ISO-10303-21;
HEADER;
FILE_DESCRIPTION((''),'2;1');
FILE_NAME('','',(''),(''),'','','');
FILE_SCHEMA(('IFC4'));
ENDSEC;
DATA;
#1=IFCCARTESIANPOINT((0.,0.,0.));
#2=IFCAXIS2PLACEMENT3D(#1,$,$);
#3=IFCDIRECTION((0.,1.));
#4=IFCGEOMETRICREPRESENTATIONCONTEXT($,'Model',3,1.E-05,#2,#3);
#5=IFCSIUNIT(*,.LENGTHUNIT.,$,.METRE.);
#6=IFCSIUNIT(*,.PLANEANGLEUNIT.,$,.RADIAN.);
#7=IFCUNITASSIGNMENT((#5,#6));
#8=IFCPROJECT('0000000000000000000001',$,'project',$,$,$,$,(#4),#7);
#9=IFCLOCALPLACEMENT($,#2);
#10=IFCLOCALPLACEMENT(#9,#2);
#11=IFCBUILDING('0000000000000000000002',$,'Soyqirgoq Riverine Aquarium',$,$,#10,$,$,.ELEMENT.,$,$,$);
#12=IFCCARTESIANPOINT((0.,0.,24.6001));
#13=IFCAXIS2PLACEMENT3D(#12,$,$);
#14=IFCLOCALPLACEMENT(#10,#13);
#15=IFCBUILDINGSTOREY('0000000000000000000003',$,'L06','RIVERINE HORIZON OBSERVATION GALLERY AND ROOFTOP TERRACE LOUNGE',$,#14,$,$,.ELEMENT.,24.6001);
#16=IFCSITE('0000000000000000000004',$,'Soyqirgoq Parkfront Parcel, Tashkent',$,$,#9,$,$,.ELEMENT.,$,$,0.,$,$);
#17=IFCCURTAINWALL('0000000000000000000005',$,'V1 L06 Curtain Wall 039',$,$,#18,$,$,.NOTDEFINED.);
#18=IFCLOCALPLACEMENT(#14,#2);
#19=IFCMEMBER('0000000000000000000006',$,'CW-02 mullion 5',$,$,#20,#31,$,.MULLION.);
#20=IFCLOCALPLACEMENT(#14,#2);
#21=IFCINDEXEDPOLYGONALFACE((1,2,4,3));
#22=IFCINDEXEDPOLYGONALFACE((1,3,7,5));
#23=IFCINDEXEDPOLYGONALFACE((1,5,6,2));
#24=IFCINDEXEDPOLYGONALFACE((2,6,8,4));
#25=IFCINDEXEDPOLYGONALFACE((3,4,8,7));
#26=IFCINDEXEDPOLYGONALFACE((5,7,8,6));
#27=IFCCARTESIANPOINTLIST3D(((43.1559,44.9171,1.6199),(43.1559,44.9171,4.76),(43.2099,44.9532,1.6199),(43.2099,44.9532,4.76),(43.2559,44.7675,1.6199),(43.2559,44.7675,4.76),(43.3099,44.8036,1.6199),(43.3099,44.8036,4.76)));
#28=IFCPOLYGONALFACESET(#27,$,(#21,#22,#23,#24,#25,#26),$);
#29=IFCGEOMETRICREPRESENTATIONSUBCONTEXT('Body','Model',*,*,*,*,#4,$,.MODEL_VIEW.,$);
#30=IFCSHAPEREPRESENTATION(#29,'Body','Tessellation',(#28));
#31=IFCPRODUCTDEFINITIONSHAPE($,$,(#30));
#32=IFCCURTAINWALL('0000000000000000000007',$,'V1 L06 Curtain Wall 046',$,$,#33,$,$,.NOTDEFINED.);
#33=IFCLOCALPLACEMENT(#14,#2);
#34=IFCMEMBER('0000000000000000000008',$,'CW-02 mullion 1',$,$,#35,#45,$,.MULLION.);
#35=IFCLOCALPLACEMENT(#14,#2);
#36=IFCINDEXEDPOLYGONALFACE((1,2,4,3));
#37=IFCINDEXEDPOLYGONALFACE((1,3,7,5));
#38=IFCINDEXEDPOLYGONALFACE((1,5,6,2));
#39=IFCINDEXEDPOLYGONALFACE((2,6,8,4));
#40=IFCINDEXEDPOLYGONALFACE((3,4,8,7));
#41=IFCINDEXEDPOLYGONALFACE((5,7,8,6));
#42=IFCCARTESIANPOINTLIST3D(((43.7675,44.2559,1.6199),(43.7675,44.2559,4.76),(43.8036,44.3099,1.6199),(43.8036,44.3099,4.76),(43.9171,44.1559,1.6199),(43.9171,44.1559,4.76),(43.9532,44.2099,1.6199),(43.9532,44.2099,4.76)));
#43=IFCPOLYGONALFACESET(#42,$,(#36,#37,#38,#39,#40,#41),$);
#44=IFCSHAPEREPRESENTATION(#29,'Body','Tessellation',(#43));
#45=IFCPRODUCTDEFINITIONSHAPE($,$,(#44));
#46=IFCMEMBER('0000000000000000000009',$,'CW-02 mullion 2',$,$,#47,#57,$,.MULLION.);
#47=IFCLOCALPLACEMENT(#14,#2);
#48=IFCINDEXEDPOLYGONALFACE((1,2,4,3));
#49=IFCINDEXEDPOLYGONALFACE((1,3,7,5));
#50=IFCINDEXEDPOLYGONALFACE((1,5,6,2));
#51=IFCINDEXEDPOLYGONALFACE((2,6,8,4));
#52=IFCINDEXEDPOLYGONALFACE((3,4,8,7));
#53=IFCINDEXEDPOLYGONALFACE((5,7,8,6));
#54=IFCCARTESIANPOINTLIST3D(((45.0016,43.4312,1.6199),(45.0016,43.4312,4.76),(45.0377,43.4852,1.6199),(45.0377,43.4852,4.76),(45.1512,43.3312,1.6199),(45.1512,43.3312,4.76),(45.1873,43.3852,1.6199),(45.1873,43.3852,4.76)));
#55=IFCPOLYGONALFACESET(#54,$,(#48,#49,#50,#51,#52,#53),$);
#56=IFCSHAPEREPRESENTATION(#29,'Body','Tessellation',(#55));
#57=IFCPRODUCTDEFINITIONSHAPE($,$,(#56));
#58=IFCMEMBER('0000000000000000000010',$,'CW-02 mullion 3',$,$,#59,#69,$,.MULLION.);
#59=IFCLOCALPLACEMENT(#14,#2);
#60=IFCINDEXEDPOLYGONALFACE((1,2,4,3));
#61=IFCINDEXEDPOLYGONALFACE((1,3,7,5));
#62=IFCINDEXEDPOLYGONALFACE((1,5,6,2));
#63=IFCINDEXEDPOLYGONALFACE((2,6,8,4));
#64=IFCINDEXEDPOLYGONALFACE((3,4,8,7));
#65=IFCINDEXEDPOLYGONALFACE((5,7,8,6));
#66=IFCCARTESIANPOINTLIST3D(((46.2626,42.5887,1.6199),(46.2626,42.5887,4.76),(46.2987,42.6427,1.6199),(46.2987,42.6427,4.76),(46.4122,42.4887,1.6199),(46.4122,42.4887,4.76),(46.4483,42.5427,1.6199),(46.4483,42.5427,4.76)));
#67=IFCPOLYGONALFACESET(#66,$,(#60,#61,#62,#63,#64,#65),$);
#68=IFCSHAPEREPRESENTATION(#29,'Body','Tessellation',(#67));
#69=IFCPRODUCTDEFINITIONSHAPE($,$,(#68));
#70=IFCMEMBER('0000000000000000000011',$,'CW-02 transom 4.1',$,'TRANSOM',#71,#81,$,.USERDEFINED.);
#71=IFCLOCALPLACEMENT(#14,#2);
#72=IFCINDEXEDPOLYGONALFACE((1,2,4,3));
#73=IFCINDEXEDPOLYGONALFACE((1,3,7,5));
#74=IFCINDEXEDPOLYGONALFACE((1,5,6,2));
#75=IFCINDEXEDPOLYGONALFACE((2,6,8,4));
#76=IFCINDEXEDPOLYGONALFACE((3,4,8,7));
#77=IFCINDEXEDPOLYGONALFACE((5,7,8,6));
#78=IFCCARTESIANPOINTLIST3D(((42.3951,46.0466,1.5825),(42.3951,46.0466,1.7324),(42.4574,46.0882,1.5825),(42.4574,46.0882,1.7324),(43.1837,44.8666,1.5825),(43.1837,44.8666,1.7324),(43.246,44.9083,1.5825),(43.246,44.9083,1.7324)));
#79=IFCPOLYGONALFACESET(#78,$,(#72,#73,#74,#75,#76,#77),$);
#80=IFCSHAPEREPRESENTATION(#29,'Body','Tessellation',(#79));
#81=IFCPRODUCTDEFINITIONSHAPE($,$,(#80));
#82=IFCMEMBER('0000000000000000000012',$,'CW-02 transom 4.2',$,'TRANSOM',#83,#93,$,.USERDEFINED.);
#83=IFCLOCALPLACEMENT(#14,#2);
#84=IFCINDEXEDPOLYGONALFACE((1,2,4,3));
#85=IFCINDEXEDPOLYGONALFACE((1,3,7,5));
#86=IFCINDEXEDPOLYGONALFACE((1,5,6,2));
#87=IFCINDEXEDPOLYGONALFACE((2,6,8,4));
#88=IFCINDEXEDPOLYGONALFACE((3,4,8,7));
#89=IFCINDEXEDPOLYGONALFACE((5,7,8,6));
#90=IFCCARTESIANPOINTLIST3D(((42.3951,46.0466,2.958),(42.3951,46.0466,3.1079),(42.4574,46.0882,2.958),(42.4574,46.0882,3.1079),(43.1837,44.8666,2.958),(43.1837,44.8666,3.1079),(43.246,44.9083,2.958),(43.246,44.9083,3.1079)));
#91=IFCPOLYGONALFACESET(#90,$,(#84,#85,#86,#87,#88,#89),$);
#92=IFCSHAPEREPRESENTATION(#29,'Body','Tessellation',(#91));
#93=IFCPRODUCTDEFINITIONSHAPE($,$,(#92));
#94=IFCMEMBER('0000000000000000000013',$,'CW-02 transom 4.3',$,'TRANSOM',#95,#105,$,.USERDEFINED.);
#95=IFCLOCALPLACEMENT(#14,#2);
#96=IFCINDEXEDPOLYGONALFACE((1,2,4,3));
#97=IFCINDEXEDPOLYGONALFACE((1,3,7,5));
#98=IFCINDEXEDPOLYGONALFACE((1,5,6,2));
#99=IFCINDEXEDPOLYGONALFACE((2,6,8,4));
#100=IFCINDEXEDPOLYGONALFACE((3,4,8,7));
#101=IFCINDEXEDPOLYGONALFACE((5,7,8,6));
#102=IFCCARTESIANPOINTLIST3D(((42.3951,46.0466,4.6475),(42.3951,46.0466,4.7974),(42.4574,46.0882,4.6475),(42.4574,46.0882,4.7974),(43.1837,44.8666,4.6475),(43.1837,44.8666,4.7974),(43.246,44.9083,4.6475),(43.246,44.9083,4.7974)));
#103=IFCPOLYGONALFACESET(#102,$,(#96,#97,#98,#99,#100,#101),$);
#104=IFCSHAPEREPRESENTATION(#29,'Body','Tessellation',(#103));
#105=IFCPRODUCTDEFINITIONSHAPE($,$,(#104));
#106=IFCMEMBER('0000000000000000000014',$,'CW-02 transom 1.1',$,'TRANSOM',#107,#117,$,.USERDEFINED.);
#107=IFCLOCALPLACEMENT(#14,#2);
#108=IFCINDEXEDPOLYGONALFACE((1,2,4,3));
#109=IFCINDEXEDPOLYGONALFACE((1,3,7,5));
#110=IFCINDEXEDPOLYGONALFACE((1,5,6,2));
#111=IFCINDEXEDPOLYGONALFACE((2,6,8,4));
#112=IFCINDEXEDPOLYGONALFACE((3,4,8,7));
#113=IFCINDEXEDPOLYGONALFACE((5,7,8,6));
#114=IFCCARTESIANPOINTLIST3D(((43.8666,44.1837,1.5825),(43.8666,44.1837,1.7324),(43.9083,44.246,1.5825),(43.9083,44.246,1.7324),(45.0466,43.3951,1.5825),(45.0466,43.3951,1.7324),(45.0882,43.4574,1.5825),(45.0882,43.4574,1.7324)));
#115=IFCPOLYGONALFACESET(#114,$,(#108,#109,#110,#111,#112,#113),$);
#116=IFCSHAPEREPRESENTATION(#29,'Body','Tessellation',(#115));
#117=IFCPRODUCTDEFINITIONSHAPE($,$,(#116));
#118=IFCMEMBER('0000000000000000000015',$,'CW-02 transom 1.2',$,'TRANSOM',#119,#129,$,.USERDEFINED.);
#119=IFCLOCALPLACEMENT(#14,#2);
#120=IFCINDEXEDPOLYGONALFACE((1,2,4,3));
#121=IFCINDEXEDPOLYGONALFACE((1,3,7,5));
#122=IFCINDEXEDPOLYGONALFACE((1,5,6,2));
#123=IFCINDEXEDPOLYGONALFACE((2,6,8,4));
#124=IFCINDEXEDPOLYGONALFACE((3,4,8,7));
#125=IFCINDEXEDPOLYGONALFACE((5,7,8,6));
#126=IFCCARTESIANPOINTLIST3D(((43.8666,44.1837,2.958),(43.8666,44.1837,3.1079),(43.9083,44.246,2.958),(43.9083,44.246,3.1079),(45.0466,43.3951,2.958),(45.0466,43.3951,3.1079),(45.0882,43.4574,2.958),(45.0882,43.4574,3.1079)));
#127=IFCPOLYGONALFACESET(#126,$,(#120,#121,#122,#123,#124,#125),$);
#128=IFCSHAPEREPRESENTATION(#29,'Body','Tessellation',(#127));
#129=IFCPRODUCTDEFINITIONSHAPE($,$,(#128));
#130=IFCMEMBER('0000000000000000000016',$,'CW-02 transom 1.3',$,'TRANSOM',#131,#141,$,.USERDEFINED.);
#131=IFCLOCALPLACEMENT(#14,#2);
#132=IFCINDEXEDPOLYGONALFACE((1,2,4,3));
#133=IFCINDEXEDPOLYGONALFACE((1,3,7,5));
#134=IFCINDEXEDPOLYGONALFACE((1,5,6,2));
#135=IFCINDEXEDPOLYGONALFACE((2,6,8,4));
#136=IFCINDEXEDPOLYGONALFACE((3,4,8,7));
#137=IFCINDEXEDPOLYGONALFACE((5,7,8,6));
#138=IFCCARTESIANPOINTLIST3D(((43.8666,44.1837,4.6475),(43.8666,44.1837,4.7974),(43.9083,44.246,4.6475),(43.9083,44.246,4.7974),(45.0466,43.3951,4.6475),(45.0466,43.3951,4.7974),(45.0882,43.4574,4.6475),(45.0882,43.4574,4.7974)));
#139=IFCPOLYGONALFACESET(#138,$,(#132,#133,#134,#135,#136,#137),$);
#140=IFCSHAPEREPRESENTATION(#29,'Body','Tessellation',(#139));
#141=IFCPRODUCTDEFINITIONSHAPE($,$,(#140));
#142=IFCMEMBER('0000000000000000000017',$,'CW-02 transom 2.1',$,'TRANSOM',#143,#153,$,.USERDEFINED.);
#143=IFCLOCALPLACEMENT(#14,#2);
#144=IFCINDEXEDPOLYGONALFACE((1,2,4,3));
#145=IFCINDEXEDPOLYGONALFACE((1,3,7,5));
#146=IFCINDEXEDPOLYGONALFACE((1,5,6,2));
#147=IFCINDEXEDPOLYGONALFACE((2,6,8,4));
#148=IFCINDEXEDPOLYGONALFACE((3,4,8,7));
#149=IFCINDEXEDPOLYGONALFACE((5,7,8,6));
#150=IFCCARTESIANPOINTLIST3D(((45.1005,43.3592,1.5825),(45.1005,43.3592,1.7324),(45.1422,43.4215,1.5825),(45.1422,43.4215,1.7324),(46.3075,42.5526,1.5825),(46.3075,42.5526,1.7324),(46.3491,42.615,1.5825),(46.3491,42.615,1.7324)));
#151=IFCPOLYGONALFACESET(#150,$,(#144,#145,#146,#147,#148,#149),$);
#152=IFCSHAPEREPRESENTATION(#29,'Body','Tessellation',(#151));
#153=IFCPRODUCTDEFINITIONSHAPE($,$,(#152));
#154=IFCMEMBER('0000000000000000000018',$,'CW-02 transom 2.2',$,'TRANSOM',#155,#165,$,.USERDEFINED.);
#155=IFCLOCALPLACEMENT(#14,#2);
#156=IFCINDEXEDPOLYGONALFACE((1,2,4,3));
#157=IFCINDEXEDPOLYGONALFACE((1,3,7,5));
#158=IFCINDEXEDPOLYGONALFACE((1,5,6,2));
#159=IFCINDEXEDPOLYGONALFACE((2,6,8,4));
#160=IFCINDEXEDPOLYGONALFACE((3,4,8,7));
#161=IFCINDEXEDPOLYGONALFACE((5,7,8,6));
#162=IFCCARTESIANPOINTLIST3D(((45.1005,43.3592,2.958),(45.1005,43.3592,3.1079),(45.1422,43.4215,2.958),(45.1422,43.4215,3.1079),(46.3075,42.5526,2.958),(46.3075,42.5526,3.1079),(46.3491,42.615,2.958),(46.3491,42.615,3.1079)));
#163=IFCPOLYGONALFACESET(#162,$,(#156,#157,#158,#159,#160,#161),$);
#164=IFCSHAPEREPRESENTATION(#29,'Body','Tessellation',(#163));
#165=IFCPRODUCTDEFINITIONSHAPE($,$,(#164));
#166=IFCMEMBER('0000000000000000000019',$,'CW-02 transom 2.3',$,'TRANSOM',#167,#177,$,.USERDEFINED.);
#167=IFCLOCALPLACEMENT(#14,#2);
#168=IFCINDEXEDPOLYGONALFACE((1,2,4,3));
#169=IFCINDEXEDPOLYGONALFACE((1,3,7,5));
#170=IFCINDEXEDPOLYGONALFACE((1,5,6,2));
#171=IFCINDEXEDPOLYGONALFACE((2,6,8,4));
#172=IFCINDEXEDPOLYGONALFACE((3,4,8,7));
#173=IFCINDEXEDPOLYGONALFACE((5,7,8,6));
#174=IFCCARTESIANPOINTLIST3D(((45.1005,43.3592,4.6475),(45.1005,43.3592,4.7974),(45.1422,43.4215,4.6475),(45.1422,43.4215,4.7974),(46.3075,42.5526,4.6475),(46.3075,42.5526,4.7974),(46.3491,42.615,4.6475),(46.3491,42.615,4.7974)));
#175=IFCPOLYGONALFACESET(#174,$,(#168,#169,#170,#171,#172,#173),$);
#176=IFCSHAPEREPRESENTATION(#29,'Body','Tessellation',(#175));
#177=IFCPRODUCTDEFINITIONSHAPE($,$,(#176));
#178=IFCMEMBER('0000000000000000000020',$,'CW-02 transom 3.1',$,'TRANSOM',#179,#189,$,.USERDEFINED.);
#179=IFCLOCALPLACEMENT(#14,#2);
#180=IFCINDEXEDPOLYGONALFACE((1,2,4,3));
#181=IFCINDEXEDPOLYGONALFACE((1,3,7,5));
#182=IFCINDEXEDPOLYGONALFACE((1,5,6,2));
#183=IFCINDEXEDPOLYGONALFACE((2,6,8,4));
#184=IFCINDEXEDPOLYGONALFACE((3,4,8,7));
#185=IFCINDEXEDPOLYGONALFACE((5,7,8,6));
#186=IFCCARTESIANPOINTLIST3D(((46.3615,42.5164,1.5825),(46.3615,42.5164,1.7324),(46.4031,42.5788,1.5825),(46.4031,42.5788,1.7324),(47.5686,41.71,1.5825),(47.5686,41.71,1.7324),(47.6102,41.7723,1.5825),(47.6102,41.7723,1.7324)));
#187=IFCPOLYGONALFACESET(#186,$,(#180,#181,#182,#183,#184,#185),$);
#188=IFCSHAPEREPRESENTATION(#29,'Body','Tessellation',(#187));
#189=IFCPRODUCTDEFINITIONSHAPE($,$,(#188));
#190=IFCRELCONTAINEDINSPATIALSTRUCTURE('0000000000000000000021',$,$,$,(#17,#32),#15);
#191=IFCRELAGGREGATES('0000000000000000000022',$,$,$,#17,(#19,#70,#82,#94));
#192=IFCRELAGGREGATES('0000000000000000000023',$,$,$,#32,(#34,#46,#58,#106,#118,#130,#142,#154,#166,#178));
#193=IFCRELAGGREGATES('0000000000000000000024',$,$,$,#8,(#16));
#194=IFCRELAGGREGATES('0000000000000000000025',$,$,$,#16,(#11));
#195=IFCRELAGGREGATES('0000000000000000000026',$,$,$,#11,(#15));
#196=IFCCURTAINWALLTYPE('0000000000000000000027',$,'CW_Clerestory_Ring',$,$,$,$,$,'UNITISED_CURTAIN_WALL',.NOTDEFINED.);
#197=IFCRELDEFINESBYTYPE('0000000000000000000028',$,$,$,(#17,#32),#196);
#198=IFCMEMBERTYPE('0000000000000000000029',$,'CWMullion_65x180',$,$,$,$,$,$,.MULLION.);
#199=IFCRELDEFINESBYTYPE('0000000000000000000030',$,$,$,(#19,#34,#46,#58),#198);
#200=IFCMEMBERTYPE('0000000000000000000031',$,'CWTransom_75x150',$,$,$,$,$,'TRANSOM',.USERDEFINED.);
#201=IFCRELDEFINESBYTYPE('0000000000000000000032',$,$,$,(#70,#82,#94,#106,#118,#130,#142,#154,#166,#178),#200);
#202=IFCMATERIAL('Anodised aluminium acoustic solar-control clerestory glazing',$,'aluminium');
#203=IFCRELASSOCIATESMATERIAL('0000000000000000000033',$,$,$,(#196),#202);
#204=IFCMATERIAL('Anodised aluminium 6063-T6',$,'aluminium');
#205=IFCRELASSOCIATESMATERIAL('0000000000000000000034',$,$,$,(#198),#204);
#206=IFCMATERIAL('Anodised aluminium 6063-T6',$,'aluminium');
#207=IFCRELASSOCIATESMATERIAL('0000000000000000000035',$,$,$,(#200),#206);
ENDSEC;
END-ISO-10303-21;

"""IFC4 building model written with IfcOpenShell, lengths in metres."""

from ifc_helpers import new_model, si_unit, direction, frame, origin, origin_2d, place, context, subcontext, project, spatial, rectangle, extrude, material, material_profile, profile_set, type_object, element, aggregate, save


model = new_model("IFC4")

# Units and contexts
model_context = context("Model", 3, precision=1e-05, world=origin(), true_north=direction((0.0, 1.0)))
body_context = subcontext(model_context, "Body", "Model", "MODEL_VIEW")
ifc_project = project(units=[si_unit("LENGTHUNIT", "METRE"), si_unit("PLANEANGLEUNIT", "RADIAN")], contexts=[model_context])

# Site, building, storey
site_placement = place(None, origin())
site = spatial("IfcSite", under=ifc_project, at=site_placement, Name="Soyqirgoq Parkfront Parcel, Tashkent", CompositionType="ELEMENT", RefElevation=0.0)
building_placement = place(site_placement, origin())
building = spatial("IfcBuilding", under=site, at=building_placement, Name="Soyqirgoq Riverine Aquarium", CompositionType="ELEMENT")
storey_placement = place(building_placement, frame((0.0, 0.0, 24.6001)))
storey = spatial("IfcBuildingStorey", under=building, at=storey_placement, Name="L06", Description="RIVERINE HORIZON OBSERVATION GALLERY AND ROOFTOP TERRACE LOUNGE", CompositionType="ELEMENT", Elevation=24.6001)

# Curtain wall, member
ifc_material_1 = material(Name="Anodised aluminium acoustic solar-control clerestory glazing", Category="aluminium")
curtain_wall_type = type_object("IfcCurtainWallType", Name="CW_Clerestory_Ring", ElementType="UNITISED_CURTAIN_WALL", PredefinedType="NOTDEFINED", material=ifc_material_1)
curtain_wall_1_placement = place(storey_placement, origin())
curtain_wall_1 = element("IfcCurtainWall", 1, at=curtain_wall_1_placement, inside=storey, type_object=curtain_wall_type, Name="V1 L06 Curtain Wall 039", PredefinedType="NOTDEFINED")
ifc_material_2 = material(Name="Anodised aluminium 6063-T6", Category="aluminium")
ifc_material_profile_1 = material_profile(ifc_material_2, rectangle(XDim=0.0649, YDim=0.1799, at=origin_2d()), Name="ALU-M 65x180")
ifc_profile_set_1 = profile_set([ifc_material_profile_1], Name="Anodised aluminium 6063-T6")
member_type_1 = type_object("IfcMemberType", Name="CWMullion_65x180", PredefinedType="MULLION", material=ifc_profile_set_1)
member_1_placement = place(storey_placement, frame((43.2329, 44.8604, 1.6199), z_axis=(0.0, 0.0, 1.0), x_axis=(0.831464, 0.555579, 0.0)))
member_1 = element("IfcMember", 2, at=member_1_placement, type_object=member_type_1, Name="CW-02 mullion 5", PredefinedType="MULLION", context=body_context, shape_type="SweptSolid", body=[
    extrude(rectangle(XDim=0.0649, YDim=0.1799, at=origin_2d()), origin(), (0.0, 0.0, 1.0), 3.1401),
])

# Curtain wall, members
curtain_wall_2_placement = place(storey_placement, origin())
curtain_wall_2 = element("IfcCurtainWall", 3, at=curtain_wall_2_placement, inside=storey, type_object=curtain_wall_type, Name="V1 L06 Curtain Wall 046", PredefinedType="NOTDEFINED")
member_2_placement = place(storey_placement, frame((43.8604, 44.2329, 1.6199), z_axis=(0.0, 0.0, 1.0), x_axis=(0.555579, 0.831464, 0.0)))
member_2 = element("IfcMember", 4, at=member_2_placement, type_object=member_type_1, Name="CW-02 mullion 1", PredefinedType="MULLION", context=body_context, shape_type="SweptSolid", body=[
    extrude(rectangle(XDim=0.0649, YDim=0.1799, at=origin_2d()), origin(), (0.0, 0.0, 1.0), 3.1401),
])
member_3_placement = place(storey_placement, frame((45.0945, 43.4082, 1.6199), z_axis=(0.0, 0.0, 1.0), x_axis=(0.555579, 0.831464, 0.0)))
member_3 = element("IfcMember", 5, at=member_3_placement, type_object=member_type_1, Name="CW-02 mullion 2", PredefinedType="MULLION", context=body_context, shape_type="SweptSolid", body=[
    extrude(rectangle(XDim=0.0649, YDim=0.1799, at=origin_2d()), origin(), (0.0, 0.0, 1.0), 3.1401),
])
member_4_placement = place(storey_placement, frame((46.3555, 42.5657, 1.6199), z_axis=(0.0, 0.0, 1.0), x_axis=(0.555579, 0.831464, 0.0)))
member_4 = element("IfcMember", 6, at=member_4_placement, type_object=member_type_1, Name="CW-02 mullion 3", PredefinedType="MULLION", context=body_context, shape_type="SweptSolid", body=[
    extrude(rectangle(XDim=0.0649, YDim=0.1799, at=origin_2d()), origin(), (0.0, 0.0, 1.0), 3.1401),
])

# Members
ifc_material_3 = material(Name="Anodised aluminium 6063-T6", Category="aluminium")
ifc_material_profile_2 = material_profile(ifc_material_3, rectangle(XDim=0.075, YDim=0.1499, at=origin_2d()), Name="ALU-T 75x150")
ifc_profile_set_2 = profile_set([ifc_material_profile_2], Name="Anodised aluminium 6063-T6")
member_type_2 = type_object("IfcMemberType", Name="CWTransom_75x150", ElementType="TRANSOM", PredefinedType="USERDEFINED", material=ifc_profile_set_2)
member_5_placement = place(storey_placement, frame((42.4263, 46.0674, 1.6575), z_axis=(0.555653, -0.831415, 0.0), x_axis=(0.831415, 0.555653, 0.0)))
member_5 = element("IfcMember", 7, at=member_5_placement, type_object=member_type_2, Name="CW-02 transom 4.1", ObjectType="TRANSOM", PredefinedType="USERDEFINED", context=body_context, shape_type="SweptSolid", body=[
    extrude(rectangle(XDim=0.075, YDim=0.1499, at=origin_2d()), origin(), (0.0, 0.0, 1.0), 1.4192),
])
member_6_placement = place(storey_placement, frame((42.4263, 46.0674, 3.033), z_axis=(0.555653, -0.831415, 0.0), x_axis=(0.831415, 0.555653, 0.0)))
member_6 = element("IfcMember", 8, at=member_6_placement, type_object=member_type_2, Name="CW-02 transom 4.2", ObjectType="TRANSOM", PredefinedType="USERDEFINED", context=body_context, shape_type="SweptSolid", body=[
    extrude(rectangle(XDim=0.075, YDim=0.1499, at=origin_2d()), origin(), (0.0, 0.0, 1.0), 1.4192),
])
member_7_placement = place(storey_placement, frame((42.4263, 46.0674, 4.7224), z_axis=(0.555653, -0.831415, 0.0), x_axis=(0.831415, 0.555653, 0.0)))
member_7 = element("IfcMember", 9, at=member_7_placement, type_object=member_type_2, Name="CW-02 transom 4.3", ObjectType="TRANSOM", PredefinedType="USERDEFINED", context=body_context, shape_type="SweptSolid", body=[
    extrude(rectangle(XDim=0.075, YDim=0.1499, at=origin_2d()), origin(), (0.0, 0.0, 1.0), 1.4192),
])
member_8_placement = place(storey_placement, frame((43.8875, 44.2148, 1.6575), z_axis=(0.831415, -0.555653, 0.0), x_axis=(0.555653, 0.831415, 0.0)))
member_8 = element("IfcMember", 10, at=member_8_placement, type_object=member_type_2, Name="CW-02 transom 1.1", ObjectType="TRANSOM", PredefinedType="USERDEFINED", context=body_context, shape_type="SweptSolid", body=[
    extrude(rectangle(XDim=0.075, YDim=0.1499, at=origin_2d()), origin(), (0.0, 0.0, 1.0), 1.4192),
])
member_9_placement = place(storey_placement, frame((43.8875, 44.2148, 3.033), z_axis=(0.831415, -0.555653, 0.0), x_axis=(0.555653, 0.831415, 0.0)))
member_9 = element("IfcMember", 11, at=member_9_placement, type_object=member_type_2, Name="CW-02 transom 1.2", ObjectType="TRANSOM", PredefinedType="USERDEFINED", context=body_context, shape_type="SweptSolid", body=[
    extrude(rectangle(XDim=0.075, YDim=0.1499, at=origin_2d()), origin(), (0.0, 0.0, 1.0), 1.4192),
])
member_10_placement = place(storey_placement, frame((43.8875, 44.2148, 4.7224), z_axis=(0.831415, -0.555653, 0.0), x_axis=(0.555653, 0.831415, 0.0)))
member_10 = element("IfcMember", 12, at=member_10_placement, type_object=member_type_2, Name="CW-02 transom 1.3", ObjectType="TRANSOM", PredefinedType="USERDEFINED", context=body_context, shape_type="SweptSolid", body=[
    extrude(rectangle(XDim=0.075, YDim=0.1499, at=origin_2d()), origin(), (0.0, 0.0, 1.0), 1.4192),
])
member_11_placement = place(storey_placement, frame((45.1213, 43.3904, 1.6575), z_axis=(0.831429, -0.555631, 0.0), x_axis=(0.555631, 0.831429, 0.0)))
member_11 = element("IfcMember", 13, at=member_11_placement, type_object=member_type_2, Name="CW-02 transom 2.1", ObjectType="TRANSOM", PredefinedType="USERDEFINED", context=body_context, shape_type="SweptSolid", body=[
    extrude(rectangle(XDim=0.075, YDim=0.1499, at=origin_2d()), origin(), (0.0, 0.0, 1.0), 1.4517),
])
member_12_placement = place(storey_placement, frame((45.1213, 43.3904, 3.033), z_axis=(0.831429, -0.555631, 0.0), x_axis=(0.555631, 0.831429, 0.0)))
member_12 = element("IfcMember", 14, at=member_12_placement, type_object=member_type_2, Name="CW-02 transom 2.2", ObjectType="TRANSOM", PredefinedType="USERDEFINED", context=body_context, shape_type="SweptSolid", body=[
    extrude(rectangle(XDim=0.075, YDim=0.1499, at=origin_2d()), origin(), (0.0, 0.0, 1.0), 1.4517),
])
member_13_placement = place(storey_placement, frame((45.1213, 43.3904, 4.7224), z_axis=(0.831429, -0.555631, 0.0), x_axis=(0.555631, 0.831429, 0.0)))
member_13 = element("IfcMember", 15, at=member_13_placement, type_object=member_type_2, Name="CW-02 transom 2.3", ObjectType="TRANSOM", PredefinedType="USERDEFINED", context=body_context, shape_type="SweptSolid", body=[
    extrude(rectangle(XDim=0.075, YDim=0.1499, at=origin_2d()), origin(), (0.0, 0.0, 1.0), 1.4517),
])
member_14_placement = place(storey_placement, frame((46.3823, 42.5476, 1.6575), z_axis=(0.831507, -0.555515, 0.0), x_axis=(0.555515, 0.831507, 0.0)))
member_14 = element("IfcMember", 16, at=member_14_placement, type_object=member_type_2, Name="CW-02 transom 3.1", ObjectType="TRANSOM", PredefinedType="USERDEFINED", context=body_context, shape_type="SweptSolid", body=[
    extrude(rectangle(XDim=0.075, YDim=0.1499, at=origin_2d()), origin(), (0.0, 0.0, 1.0), 1.4517),
])

aggregate(curtain_wall_1, [member_1, member_5, member_6, member_7])
aggregate(curtain_wall_2, [member_2, member_3, member_4, member_8, member_9, member_10, member_11, member_12, member_13, member_14])

save(model, "model.ifc")
